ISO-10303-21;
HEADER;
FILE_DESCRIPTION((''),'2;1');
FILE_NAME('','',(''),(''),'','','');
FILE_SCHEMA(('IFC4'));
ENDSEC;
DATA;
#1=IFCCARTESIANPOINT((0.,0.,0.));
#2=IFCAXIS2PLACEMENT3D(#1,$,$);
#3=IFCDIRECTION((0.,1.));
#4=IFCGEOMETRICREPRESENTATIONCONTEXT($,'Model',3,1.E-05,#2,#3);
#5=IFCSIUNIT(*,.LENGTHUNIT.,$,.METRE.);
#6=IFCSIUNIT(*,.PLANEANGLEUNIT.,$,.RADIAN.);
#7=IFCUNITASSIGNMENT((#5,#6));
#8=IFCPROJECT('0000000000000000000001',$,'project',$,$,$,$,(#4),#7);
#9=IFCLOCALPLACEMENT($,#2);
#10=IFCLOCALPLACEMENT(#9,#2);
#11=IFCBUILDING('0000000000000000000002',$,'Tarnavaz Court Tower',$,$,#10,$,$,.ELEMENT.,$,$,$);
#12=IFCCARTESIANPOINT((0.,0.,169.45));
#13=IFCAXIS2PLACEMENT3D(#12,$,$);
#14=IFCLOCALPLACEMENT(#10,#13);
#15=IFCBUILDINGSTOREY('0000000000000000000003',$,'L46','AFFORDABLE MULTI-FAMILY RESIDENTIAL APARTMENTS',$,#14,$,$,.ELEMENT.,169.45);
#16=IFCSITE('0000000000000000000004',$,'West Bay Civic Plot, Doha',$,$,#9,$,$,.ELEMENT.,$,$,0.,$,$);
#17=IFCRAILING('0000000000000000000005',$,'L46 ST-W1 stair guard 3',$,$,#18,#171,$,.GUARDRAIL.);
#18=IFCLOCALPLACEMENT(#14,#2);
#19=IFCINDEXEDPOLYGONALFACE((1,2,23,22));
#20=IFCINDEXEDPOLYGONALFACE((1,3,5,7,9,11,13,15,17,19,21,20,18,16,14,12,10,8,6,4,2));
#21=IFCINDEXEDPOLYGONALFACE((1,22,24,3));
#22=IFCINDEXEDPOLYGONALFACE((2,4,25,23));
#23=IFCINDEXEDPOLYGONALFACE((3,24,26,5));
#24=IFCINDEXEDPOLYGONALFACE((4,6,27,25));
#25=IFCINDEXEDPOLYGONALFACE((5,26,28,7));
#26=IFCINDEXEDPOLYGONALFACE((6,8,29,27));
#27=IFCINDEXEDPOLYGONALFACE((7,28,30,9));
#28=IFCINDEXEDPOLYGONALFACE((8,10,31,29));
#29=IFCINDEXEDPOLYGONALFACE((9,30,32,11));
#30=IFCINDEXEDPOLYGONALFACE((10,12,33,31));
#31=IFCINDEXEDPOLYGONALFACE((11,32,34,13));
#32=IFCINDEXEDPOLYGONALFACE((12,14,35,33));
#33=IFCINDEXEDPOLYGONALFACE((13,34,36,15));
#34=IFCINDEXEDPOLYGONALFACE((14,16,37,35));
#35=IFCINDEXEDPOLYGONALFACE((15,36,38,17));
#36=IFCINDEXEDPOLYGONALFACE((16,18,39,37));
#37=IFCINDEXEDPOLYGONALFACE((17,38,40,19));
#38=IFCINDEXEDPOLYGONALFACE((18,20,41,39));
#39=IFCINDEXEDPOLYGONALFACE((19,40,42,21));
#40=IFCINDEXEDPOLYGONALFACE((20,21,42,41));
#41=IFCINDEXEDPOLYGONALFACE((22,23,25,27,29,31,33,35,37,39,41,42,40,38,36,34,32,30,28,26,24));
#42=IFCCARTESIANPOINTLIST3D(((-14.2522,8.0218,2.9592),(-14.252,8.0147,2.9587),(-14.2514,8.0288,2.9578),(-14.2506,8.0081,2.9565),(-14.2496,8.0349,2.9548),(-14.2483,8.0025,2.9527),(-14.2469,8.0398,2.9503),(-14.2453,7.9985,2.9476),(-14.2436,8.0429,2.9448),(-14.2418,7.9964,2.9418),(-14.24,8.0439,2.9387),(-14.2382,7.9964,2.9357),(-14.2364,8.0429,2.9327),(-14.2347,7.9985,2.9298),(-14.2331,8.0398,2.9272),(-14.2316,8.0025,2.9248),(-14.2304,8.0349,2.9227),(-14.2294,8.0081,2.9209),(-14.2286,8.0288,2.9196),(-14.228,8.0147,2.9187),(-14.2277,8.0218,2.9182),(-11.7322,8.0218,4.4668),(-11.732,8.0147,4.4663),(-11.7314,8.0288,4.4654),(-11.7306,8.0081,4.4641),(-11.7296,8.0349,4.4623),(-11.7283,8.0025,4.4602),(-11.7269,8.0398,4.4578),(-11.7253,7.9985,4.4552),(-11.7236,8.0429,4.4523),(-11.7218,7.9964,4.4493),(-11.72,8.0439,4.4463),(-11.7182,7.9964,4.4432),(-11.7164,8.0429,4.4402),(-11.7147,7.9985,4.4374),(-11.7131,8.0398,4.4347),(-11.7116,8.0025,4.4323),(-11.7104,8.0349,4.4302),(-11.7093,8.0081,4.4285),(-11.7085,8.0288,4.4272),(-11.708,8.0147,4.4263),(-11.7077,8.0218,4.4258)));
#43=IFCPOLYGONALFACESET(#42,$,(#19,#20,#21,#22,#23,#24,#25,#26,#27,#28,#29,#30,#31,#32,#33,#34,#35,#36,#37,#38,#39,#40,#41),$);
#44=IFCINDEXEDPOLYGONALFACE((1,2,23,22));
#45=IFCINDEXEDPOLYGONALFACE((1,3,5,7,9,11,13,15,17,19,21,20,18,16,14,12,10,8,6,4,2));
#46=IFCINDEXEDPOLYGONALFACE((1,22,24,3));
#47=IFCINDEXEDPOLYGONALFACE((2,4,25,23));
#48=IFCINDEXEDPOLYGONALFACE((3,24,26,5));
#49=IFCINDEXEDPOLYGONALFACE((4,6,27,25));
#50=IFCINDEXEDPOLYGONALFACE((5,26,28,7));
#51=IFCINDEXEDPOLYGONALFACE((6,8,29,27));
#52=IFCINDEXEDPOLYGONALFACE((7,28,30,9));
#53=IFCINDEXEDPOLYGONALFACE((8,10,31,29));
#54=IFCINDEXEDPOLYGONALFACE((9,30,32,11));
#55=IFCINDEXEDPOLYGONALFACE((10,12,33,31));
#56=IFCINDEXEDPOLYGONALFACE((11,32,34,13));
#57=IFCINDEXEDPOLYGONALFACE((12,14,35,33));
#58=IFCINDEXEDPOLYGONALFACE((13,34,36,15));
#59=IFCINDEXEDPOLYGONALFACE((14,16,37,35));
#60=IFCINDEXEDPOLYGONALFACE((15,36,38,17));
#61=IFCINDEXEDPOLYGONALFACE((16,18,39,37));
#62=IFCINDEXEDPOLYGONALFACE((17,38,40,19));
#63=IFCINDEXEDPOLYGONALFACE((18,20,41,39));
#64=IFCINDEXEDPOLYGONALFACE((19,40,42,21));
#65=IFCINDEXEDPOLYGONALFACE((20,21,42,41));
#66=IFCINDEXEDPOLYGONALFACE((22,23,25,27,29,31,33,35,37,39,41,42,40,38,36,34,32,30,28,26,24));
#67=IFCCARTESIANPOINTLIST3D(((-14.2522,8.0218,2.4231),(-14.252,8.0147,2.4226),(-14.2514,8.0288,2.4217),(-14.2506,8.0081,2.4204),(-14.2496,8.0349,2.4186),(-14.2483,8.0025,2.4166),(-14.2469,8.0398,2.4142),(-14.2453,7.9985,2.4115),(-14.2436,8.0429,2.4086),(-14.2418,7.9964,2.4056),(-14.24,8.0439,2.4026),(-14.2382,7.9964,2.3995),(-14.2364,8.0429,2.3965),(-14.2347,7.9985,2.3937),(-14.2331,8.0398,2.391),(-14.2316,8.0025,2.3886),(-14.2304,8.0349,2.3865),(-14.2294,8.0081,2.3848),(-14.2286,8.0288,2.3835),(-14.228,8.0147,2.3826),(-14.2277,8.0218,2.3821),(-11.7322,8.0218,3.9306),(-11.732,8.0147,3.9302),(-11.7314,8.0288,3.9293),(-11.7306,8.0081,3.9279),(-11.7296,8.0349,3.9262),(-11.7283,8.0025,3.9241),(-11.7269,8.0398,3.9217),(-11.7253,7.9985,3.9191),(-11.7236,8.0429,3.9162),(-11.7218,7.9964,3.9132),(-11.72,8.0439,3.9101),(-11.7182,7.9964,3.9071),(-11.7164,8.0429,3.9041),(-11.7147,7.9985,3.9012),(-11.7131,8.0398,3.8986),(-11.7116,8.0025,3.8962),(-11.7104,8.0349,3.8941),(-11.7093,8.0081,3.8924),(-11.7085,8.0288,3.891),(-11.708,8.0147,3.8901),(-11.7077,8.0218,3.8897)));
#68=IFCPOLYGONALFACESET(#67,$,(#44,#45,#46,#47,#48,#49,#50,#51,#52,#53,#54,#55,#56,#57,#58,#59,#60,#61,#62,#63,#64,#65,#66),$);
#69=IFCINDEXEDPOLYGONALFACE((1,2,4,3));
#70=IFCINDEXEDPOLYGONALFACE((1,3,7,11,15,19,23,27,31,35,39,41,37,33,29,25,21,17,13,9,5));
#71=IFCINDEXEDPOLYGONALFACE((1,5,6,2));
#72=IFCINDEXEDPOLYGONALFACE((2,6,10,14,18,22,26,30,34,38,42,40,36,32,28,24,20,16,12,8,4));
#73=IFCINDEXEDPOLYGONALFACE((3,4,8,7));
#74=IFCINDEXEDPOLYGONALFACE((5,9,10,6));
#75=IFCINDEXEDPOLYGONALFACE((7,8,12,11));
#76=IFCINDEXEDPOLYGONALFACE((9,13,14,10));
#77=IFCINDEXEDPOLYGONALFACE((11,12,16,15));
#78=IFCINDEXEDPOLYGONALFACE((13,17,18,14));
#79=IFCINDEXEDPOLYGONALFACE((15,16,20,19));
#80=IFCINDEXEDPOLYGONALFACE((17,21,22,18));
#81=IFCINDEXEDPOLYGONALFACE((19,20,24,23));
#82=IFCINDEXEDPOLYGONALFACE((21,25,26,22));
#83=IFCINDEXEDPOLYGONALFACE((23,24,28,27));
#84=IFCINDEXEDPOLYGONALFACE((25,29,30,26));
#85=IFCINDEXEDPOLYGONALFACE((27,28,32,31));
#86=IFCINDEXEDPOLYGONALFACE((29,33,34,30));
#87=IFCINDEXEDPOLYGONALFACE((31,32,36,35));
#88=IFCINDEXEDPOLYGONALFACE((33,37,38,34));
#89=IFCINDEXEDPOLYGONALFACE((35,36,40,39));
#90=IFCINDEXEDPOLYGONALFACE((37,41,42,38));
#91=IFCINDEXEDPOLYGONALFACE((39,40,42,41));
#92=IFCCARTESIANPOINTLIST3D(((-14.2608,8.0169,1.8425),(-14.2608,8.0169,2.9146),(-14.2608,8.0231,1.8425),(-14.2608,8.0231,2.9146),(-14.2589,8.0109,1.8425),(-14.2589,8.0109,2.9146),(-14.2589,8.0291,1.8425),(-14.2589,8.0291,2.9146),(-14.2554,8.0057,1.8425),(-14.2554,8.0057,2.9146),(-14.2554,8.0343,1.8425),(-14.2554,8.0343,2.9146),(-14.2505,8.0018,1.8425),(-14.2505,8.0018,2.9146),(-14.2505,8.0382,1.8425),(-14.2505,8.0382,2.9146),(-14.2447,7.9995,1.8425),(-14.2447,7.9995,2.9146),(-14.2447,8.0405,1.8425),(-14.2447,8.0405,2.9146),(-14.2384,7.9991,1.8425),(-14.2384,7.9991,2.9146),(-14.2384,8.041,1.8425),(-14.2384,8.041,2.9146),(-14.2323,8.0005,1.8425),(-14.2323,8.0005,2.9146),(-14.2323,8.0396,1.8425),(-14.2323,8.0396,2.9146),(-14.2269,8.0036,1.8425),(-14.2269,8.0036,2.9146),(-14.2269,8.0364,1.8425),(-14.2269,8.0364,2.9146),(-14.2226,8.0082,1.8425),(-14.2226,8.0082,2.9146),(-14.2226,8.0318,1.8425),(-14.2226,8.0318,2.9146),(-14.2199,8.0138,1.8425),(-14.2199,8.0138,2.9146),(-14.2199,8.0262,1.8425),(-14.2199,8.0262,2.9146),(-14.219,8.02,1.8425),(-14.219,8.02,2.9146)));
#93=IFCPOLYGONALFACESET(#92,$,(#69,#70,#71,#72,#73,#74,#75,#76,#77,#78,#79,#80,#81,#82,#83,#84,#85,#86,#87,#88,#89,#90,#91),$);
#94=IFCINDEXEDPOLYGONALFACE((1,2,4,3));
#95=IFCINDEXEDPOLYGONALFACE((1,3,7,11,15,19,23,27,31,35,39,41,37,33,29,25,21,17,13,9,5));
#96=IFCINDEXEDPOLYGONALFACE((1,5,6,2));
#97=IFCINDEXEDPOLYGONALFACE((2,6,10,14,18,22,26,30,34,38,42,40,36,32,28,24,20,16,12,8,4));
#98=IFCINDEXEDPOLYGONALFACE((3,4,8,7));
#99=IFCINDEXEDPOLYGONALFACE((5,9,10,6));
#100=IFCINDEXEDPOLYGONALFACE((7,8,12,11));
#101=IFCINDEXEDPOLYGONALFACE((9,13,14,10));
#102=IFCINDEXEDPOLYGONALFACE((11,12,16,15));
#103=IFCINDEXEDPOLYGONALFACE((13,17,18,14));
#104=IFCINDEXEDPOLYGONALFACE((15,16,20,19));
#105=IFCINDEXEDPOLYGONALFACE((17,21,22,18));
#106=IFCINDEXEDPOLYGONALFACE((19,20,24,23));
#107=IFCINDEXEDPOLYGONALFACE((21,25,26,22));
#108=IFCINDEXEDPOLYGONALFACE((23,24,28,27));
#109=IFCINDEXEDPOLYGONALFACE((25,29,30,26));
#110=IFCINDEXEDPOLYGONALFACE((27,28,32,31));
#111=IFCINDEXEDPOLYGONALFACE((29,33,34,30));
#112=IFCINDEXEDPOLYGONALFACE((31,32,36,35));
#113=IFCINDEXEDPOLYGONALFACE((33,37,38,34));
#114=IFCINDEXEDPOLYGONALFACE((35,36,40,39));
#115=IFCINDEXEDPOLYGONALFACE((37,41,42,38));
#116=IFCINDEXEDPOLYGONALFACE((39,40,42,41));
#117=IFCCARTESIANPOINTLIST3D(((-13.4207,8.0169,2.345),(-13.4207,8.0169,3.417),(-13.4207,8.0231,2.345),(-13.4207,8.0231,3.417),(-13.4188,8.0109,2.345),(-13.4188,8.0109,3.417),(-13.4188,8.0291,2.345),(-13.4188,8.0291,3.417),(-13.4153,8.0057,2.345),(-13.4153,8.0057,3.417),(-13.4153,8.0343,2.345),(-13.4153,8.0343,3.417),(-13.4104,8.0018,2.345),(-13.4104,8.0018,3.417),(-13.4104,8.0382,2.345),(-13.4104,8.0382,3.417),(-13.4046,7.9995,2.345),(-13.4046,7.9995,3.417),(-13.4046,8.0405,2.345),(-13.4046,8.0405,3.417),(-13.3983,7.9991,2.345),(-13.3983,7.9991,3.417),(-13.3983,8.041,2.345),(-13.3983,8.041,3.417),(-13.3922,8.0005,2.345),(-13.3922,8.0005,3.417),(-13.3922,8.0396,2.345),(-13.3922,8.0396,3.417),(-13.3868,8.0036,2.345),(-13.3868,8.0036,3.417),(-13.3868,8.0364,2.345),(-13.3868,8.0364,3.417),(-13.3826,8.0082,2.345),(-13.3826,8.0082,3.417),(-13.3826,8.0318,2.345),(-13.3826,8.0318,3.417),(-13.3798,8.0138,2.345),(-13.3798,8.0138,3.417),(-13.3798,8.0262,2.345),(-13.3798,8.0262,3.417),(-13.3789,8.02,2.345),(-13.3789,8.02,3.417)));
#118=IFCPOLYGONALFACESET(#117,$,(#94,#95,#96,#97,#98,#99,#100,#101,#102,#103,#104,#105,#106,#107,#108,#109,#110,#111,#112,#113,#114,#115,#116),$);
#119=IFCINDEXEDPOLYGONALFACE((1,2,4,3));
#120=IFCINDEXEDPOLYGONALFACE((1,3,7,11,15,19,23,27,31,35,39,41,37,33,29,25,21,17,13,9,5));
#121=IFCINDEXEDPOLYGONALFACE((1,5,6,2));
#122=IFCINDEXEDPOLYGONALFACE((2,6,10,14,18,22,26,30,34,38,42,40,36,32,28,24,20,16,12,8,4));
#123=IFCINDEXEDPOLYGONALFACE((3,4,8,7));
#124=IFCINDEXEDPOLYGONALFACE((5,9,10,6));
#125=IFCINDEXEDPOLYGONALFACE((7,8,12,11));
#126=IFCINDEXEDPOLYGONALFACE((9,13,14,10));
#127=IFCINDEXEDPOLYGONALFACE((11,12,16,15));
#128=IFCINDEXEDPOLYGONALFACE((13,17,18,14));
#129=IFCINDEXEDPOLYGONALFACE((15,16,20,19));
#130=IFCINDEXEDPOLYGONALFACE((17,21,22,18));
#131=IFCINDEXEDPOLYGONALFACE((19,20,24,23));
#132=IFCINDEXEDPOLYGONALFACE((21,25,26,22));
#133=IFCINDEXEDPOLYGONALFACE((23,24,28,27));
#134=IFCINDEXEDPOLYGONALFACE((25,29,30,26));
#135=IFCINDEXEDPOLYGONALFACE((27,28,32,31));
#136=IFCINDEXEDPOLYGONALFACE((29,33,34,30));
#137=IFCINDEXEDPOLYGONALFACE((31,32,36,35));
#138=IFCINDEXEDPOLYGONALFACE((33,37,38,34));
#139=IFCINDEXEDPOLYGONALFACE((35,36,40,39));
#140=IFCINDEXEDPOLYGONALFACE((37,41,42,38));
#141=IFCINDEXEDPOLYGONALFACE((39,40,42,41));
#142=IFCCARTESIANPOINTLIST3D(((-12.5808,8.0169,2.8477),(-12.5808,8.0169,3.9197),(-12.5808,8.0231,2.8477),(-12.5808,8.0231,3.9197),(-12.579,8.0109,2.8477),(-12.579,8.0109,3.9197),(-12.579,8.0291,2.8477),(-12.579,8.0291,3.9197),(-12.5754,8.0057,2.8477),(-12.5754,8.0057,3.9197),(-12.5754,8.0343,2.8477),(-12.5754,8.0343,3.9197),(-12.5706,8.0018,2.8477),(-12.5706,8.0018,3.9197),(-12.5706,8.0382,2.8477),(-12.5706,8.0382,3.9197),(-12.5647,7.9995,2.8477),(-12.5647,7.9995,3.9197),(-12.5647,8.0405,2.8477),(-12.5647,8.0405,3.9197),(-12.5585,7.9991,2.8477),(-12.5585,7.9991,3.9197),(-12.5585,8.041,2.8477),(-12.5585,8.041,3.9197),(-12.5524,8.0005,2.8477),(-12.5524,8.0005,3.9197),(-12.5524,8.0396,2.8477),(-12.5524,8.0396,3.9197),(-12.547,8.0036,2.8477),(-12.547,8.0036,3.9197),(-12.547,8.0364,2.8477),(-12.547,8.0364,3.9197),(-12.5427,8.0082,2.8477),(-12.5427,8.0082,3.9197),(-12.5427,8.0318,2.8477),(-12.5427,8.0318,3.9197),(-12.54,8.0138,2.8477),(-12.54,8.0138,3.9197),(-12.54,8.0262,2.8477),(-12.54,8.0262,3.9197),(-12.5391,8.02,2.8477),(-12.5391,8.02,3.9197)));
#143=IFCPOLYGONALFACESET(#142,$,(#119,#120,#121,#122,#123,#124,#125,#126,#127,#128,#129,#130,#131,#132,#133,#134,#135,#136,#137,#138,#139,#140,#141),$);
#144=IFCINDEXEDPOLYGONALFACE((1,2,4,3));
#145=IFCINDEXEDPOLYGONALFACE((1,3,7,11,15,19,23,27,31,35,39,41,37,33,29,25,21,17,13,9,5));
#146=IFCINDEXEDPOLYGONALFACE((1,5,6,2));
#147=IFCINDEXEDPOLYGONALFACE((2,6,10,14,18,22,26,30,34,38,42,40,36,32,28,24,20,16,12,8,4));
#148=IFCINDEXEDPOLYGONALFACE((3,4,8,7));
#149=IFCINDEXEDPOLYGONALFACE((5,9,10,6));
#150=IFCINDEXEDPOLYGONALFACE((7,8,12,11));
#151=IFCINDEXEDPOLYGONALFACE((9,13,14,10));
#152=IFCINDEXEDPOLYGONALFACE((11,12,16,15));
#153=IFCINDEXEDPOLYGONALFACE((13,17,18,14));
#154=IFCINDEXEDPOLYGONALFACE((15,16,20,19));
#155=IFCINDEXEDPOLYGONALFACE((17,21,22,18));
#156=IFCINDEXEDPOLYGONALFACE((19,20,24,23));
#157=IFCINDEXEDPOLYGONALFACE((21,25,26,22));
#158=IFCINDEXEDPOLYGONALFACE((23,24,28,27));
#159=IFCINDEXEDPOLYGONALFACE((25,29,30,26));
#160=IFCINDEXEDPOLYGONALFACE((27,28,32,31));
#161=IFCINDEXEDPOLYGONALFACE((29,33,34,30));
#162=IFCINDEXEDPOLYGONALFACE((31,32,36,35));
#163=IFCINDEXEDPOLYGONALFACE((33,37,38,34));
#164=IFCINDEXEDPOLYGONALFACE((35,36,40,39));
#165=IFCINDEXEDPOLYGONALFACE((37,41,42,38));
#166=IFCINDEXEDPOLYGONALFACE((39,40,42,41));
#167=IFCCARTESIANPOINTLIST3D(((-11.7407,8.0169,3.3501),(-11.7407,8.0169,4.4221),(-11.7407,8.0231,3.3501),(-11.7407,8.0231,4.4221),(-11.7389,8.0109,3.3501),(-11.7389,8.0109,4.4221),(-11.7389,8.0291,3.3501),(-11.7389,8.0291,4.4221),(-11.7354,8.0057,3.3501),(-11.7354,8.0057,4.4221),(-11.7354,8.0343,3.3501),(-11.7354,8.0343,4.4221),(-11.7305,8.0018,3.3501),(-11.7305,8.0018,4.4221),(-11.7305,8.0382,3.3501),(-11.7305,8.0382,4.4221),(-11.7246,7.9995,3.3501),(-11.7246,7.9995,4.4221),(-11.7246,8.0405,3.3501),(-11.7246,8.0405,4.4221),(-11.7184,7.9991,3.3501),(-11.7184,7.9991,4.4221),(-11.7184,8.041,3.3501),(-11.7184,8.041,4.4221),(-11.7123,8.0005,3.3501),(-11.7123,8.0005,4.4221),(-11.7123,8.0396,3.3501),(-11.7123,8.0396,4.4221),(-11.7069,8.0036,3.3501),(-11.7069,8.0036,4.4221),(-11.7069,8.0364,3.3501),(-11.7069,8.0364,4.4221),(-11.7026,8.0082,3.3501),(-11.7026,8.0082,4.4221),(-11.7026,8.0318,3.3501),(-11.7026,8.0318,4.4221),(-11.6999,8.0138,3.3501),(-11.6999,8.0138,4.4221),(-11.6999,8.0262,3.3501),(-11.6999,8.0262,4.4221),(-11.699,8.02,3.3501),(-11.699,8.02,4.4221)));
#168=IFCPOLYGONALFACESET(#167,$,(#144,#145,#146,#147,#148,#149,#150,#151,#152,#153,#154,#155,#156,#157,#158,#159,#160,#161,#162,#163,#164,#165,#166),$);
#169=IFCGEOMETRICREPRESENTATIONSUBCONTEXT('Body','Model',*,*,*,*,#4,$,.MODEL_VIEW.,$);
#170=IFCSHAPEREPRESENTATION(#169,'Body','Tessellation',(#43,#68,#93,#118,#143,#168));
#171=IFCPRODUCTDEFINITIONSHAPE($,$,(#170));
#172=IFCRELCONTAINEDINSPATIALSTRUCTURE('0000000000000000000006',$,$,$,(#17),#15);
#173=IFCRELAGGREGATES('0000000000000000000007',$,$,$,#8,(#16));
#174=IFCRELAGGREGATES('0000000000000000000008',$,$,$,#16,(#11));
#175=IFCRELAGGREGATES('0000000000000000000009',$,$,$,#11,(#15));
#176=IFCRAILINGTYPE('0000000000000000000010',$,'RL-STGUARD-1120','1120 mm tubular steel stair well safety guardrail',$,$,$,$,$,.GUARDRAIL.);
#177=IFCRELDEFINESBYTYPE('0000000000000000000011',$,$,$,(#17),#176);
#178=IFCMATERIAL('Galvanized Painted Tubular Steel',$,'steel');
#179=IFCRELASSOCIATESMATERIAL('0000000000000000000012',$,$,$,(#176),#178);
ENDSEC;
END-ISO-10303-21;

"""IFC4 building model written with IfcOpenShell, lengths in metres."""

from ifc_helpers import new_model, si_unit, direction, frame, origin, origin_2d, place, context, subcontext, project, spatial, circle, extrude, material, type_object, element, save


model = new_model("IFC4")

# Units and contexts
model_context = context("Model", 3, precision=1e-05, world=origin(), true_north=direction((0.0, 1.0)))
body_context = subcontext(model_context, "Body", "Model", "MODEL_VIEW")
ifc_project = project(units=[si_unit("LENGTHUNIT", "METRE"), si_unit("PLANEANGLEUNIT", "RADIAN")], contexts=[model_context])

# Site, building, storey
site_placement = place(None, origin())
site = spatial("IfcSite", under=ifc_project, at=site_placement, Name="West Bay Civic Plot, Doha", CompositionType="ELEMENT", RefElevation=0.0)
building_placement = place(site_placement, origin())
building = spatial("IfcBuilding", under=site, at=building_placement, Name="Tarnavaz Court Tower", CompositionType="ELEMENT")
storey_placement = place(building_placement, frame((0.0, 0.0, 169.45)))
storey = spatial("IfcBuildingStorey", under=building, at=storey_placement, Name="L46", Description="AFFORDABLE MULTI-FAMILY RESIDENTIAL APARTMENTS", CompositionType="ELEMENT", Elevation=169.45)

# Railing
ifc_material_1 = material(Name="Galvanized Painted Tubular Steel", Category="steel")
railing_type_1 = type_object("IfcRailingType", Name="RL-STGUARD-1120", Description="1120 mm tubular steel stair well safety guardrail", PredefinedType="GUARDRAIL", material=ifc_material_1)
railing_1_placement = place(storey_placement, frame((-14.24, 8.02, 1.8425)))
element("IfcRailing", 1, at=railing_1_placement, inside=storey, type_object=railing_type_1, Name="L46 ST-W1 stair guard 3", PredefinedType="GUARDRAIL", context=body_context, shape_type="SweptSolid", body=[
    extrude(circle(Radius=0.0239, at=origin_2d()), frame((0.0, 0.0, 1.0962), z_axis=(0.85816, 0.0, 0.513383), x_axis=(0.0, 1.0, 0.0)), (0.0, 0.0, 1.0), 2.9365),
    extrude(circle(Radius=0.0239, at=origin_2d()), frame((0.0, 0.0, 0.5601), z_axis=(0.85816, 0.0, 0.513383), x_axis=(0.0, 1.0, 0.0)), (0.0, 0.0, 1.0), 2.9365),
    extrude(circle(Radius=0.021, at=origin_2d()), origin(), (0.0, 0.0, 1.0), 1.072),
    extrude(circle(Radius=0.021, at=origin_2d()), frame((0.8401, 0.0, 0.5024)), (0.0, 0.0, 1.0), 1.072),
    extrude(circle(Radius=0.021, at=origin_2d()), frame((1.6799, 0.0, 1.0051)), (0.0, 0.0, 1.0), 1.072),
    extrude(circle(Radius=0.021, at=origin_2d()), frame((2.52, 0.0, 1.5076)), (0.0, 0.0, 1.0), 1.072),
])

save(model, "model.ifc")
